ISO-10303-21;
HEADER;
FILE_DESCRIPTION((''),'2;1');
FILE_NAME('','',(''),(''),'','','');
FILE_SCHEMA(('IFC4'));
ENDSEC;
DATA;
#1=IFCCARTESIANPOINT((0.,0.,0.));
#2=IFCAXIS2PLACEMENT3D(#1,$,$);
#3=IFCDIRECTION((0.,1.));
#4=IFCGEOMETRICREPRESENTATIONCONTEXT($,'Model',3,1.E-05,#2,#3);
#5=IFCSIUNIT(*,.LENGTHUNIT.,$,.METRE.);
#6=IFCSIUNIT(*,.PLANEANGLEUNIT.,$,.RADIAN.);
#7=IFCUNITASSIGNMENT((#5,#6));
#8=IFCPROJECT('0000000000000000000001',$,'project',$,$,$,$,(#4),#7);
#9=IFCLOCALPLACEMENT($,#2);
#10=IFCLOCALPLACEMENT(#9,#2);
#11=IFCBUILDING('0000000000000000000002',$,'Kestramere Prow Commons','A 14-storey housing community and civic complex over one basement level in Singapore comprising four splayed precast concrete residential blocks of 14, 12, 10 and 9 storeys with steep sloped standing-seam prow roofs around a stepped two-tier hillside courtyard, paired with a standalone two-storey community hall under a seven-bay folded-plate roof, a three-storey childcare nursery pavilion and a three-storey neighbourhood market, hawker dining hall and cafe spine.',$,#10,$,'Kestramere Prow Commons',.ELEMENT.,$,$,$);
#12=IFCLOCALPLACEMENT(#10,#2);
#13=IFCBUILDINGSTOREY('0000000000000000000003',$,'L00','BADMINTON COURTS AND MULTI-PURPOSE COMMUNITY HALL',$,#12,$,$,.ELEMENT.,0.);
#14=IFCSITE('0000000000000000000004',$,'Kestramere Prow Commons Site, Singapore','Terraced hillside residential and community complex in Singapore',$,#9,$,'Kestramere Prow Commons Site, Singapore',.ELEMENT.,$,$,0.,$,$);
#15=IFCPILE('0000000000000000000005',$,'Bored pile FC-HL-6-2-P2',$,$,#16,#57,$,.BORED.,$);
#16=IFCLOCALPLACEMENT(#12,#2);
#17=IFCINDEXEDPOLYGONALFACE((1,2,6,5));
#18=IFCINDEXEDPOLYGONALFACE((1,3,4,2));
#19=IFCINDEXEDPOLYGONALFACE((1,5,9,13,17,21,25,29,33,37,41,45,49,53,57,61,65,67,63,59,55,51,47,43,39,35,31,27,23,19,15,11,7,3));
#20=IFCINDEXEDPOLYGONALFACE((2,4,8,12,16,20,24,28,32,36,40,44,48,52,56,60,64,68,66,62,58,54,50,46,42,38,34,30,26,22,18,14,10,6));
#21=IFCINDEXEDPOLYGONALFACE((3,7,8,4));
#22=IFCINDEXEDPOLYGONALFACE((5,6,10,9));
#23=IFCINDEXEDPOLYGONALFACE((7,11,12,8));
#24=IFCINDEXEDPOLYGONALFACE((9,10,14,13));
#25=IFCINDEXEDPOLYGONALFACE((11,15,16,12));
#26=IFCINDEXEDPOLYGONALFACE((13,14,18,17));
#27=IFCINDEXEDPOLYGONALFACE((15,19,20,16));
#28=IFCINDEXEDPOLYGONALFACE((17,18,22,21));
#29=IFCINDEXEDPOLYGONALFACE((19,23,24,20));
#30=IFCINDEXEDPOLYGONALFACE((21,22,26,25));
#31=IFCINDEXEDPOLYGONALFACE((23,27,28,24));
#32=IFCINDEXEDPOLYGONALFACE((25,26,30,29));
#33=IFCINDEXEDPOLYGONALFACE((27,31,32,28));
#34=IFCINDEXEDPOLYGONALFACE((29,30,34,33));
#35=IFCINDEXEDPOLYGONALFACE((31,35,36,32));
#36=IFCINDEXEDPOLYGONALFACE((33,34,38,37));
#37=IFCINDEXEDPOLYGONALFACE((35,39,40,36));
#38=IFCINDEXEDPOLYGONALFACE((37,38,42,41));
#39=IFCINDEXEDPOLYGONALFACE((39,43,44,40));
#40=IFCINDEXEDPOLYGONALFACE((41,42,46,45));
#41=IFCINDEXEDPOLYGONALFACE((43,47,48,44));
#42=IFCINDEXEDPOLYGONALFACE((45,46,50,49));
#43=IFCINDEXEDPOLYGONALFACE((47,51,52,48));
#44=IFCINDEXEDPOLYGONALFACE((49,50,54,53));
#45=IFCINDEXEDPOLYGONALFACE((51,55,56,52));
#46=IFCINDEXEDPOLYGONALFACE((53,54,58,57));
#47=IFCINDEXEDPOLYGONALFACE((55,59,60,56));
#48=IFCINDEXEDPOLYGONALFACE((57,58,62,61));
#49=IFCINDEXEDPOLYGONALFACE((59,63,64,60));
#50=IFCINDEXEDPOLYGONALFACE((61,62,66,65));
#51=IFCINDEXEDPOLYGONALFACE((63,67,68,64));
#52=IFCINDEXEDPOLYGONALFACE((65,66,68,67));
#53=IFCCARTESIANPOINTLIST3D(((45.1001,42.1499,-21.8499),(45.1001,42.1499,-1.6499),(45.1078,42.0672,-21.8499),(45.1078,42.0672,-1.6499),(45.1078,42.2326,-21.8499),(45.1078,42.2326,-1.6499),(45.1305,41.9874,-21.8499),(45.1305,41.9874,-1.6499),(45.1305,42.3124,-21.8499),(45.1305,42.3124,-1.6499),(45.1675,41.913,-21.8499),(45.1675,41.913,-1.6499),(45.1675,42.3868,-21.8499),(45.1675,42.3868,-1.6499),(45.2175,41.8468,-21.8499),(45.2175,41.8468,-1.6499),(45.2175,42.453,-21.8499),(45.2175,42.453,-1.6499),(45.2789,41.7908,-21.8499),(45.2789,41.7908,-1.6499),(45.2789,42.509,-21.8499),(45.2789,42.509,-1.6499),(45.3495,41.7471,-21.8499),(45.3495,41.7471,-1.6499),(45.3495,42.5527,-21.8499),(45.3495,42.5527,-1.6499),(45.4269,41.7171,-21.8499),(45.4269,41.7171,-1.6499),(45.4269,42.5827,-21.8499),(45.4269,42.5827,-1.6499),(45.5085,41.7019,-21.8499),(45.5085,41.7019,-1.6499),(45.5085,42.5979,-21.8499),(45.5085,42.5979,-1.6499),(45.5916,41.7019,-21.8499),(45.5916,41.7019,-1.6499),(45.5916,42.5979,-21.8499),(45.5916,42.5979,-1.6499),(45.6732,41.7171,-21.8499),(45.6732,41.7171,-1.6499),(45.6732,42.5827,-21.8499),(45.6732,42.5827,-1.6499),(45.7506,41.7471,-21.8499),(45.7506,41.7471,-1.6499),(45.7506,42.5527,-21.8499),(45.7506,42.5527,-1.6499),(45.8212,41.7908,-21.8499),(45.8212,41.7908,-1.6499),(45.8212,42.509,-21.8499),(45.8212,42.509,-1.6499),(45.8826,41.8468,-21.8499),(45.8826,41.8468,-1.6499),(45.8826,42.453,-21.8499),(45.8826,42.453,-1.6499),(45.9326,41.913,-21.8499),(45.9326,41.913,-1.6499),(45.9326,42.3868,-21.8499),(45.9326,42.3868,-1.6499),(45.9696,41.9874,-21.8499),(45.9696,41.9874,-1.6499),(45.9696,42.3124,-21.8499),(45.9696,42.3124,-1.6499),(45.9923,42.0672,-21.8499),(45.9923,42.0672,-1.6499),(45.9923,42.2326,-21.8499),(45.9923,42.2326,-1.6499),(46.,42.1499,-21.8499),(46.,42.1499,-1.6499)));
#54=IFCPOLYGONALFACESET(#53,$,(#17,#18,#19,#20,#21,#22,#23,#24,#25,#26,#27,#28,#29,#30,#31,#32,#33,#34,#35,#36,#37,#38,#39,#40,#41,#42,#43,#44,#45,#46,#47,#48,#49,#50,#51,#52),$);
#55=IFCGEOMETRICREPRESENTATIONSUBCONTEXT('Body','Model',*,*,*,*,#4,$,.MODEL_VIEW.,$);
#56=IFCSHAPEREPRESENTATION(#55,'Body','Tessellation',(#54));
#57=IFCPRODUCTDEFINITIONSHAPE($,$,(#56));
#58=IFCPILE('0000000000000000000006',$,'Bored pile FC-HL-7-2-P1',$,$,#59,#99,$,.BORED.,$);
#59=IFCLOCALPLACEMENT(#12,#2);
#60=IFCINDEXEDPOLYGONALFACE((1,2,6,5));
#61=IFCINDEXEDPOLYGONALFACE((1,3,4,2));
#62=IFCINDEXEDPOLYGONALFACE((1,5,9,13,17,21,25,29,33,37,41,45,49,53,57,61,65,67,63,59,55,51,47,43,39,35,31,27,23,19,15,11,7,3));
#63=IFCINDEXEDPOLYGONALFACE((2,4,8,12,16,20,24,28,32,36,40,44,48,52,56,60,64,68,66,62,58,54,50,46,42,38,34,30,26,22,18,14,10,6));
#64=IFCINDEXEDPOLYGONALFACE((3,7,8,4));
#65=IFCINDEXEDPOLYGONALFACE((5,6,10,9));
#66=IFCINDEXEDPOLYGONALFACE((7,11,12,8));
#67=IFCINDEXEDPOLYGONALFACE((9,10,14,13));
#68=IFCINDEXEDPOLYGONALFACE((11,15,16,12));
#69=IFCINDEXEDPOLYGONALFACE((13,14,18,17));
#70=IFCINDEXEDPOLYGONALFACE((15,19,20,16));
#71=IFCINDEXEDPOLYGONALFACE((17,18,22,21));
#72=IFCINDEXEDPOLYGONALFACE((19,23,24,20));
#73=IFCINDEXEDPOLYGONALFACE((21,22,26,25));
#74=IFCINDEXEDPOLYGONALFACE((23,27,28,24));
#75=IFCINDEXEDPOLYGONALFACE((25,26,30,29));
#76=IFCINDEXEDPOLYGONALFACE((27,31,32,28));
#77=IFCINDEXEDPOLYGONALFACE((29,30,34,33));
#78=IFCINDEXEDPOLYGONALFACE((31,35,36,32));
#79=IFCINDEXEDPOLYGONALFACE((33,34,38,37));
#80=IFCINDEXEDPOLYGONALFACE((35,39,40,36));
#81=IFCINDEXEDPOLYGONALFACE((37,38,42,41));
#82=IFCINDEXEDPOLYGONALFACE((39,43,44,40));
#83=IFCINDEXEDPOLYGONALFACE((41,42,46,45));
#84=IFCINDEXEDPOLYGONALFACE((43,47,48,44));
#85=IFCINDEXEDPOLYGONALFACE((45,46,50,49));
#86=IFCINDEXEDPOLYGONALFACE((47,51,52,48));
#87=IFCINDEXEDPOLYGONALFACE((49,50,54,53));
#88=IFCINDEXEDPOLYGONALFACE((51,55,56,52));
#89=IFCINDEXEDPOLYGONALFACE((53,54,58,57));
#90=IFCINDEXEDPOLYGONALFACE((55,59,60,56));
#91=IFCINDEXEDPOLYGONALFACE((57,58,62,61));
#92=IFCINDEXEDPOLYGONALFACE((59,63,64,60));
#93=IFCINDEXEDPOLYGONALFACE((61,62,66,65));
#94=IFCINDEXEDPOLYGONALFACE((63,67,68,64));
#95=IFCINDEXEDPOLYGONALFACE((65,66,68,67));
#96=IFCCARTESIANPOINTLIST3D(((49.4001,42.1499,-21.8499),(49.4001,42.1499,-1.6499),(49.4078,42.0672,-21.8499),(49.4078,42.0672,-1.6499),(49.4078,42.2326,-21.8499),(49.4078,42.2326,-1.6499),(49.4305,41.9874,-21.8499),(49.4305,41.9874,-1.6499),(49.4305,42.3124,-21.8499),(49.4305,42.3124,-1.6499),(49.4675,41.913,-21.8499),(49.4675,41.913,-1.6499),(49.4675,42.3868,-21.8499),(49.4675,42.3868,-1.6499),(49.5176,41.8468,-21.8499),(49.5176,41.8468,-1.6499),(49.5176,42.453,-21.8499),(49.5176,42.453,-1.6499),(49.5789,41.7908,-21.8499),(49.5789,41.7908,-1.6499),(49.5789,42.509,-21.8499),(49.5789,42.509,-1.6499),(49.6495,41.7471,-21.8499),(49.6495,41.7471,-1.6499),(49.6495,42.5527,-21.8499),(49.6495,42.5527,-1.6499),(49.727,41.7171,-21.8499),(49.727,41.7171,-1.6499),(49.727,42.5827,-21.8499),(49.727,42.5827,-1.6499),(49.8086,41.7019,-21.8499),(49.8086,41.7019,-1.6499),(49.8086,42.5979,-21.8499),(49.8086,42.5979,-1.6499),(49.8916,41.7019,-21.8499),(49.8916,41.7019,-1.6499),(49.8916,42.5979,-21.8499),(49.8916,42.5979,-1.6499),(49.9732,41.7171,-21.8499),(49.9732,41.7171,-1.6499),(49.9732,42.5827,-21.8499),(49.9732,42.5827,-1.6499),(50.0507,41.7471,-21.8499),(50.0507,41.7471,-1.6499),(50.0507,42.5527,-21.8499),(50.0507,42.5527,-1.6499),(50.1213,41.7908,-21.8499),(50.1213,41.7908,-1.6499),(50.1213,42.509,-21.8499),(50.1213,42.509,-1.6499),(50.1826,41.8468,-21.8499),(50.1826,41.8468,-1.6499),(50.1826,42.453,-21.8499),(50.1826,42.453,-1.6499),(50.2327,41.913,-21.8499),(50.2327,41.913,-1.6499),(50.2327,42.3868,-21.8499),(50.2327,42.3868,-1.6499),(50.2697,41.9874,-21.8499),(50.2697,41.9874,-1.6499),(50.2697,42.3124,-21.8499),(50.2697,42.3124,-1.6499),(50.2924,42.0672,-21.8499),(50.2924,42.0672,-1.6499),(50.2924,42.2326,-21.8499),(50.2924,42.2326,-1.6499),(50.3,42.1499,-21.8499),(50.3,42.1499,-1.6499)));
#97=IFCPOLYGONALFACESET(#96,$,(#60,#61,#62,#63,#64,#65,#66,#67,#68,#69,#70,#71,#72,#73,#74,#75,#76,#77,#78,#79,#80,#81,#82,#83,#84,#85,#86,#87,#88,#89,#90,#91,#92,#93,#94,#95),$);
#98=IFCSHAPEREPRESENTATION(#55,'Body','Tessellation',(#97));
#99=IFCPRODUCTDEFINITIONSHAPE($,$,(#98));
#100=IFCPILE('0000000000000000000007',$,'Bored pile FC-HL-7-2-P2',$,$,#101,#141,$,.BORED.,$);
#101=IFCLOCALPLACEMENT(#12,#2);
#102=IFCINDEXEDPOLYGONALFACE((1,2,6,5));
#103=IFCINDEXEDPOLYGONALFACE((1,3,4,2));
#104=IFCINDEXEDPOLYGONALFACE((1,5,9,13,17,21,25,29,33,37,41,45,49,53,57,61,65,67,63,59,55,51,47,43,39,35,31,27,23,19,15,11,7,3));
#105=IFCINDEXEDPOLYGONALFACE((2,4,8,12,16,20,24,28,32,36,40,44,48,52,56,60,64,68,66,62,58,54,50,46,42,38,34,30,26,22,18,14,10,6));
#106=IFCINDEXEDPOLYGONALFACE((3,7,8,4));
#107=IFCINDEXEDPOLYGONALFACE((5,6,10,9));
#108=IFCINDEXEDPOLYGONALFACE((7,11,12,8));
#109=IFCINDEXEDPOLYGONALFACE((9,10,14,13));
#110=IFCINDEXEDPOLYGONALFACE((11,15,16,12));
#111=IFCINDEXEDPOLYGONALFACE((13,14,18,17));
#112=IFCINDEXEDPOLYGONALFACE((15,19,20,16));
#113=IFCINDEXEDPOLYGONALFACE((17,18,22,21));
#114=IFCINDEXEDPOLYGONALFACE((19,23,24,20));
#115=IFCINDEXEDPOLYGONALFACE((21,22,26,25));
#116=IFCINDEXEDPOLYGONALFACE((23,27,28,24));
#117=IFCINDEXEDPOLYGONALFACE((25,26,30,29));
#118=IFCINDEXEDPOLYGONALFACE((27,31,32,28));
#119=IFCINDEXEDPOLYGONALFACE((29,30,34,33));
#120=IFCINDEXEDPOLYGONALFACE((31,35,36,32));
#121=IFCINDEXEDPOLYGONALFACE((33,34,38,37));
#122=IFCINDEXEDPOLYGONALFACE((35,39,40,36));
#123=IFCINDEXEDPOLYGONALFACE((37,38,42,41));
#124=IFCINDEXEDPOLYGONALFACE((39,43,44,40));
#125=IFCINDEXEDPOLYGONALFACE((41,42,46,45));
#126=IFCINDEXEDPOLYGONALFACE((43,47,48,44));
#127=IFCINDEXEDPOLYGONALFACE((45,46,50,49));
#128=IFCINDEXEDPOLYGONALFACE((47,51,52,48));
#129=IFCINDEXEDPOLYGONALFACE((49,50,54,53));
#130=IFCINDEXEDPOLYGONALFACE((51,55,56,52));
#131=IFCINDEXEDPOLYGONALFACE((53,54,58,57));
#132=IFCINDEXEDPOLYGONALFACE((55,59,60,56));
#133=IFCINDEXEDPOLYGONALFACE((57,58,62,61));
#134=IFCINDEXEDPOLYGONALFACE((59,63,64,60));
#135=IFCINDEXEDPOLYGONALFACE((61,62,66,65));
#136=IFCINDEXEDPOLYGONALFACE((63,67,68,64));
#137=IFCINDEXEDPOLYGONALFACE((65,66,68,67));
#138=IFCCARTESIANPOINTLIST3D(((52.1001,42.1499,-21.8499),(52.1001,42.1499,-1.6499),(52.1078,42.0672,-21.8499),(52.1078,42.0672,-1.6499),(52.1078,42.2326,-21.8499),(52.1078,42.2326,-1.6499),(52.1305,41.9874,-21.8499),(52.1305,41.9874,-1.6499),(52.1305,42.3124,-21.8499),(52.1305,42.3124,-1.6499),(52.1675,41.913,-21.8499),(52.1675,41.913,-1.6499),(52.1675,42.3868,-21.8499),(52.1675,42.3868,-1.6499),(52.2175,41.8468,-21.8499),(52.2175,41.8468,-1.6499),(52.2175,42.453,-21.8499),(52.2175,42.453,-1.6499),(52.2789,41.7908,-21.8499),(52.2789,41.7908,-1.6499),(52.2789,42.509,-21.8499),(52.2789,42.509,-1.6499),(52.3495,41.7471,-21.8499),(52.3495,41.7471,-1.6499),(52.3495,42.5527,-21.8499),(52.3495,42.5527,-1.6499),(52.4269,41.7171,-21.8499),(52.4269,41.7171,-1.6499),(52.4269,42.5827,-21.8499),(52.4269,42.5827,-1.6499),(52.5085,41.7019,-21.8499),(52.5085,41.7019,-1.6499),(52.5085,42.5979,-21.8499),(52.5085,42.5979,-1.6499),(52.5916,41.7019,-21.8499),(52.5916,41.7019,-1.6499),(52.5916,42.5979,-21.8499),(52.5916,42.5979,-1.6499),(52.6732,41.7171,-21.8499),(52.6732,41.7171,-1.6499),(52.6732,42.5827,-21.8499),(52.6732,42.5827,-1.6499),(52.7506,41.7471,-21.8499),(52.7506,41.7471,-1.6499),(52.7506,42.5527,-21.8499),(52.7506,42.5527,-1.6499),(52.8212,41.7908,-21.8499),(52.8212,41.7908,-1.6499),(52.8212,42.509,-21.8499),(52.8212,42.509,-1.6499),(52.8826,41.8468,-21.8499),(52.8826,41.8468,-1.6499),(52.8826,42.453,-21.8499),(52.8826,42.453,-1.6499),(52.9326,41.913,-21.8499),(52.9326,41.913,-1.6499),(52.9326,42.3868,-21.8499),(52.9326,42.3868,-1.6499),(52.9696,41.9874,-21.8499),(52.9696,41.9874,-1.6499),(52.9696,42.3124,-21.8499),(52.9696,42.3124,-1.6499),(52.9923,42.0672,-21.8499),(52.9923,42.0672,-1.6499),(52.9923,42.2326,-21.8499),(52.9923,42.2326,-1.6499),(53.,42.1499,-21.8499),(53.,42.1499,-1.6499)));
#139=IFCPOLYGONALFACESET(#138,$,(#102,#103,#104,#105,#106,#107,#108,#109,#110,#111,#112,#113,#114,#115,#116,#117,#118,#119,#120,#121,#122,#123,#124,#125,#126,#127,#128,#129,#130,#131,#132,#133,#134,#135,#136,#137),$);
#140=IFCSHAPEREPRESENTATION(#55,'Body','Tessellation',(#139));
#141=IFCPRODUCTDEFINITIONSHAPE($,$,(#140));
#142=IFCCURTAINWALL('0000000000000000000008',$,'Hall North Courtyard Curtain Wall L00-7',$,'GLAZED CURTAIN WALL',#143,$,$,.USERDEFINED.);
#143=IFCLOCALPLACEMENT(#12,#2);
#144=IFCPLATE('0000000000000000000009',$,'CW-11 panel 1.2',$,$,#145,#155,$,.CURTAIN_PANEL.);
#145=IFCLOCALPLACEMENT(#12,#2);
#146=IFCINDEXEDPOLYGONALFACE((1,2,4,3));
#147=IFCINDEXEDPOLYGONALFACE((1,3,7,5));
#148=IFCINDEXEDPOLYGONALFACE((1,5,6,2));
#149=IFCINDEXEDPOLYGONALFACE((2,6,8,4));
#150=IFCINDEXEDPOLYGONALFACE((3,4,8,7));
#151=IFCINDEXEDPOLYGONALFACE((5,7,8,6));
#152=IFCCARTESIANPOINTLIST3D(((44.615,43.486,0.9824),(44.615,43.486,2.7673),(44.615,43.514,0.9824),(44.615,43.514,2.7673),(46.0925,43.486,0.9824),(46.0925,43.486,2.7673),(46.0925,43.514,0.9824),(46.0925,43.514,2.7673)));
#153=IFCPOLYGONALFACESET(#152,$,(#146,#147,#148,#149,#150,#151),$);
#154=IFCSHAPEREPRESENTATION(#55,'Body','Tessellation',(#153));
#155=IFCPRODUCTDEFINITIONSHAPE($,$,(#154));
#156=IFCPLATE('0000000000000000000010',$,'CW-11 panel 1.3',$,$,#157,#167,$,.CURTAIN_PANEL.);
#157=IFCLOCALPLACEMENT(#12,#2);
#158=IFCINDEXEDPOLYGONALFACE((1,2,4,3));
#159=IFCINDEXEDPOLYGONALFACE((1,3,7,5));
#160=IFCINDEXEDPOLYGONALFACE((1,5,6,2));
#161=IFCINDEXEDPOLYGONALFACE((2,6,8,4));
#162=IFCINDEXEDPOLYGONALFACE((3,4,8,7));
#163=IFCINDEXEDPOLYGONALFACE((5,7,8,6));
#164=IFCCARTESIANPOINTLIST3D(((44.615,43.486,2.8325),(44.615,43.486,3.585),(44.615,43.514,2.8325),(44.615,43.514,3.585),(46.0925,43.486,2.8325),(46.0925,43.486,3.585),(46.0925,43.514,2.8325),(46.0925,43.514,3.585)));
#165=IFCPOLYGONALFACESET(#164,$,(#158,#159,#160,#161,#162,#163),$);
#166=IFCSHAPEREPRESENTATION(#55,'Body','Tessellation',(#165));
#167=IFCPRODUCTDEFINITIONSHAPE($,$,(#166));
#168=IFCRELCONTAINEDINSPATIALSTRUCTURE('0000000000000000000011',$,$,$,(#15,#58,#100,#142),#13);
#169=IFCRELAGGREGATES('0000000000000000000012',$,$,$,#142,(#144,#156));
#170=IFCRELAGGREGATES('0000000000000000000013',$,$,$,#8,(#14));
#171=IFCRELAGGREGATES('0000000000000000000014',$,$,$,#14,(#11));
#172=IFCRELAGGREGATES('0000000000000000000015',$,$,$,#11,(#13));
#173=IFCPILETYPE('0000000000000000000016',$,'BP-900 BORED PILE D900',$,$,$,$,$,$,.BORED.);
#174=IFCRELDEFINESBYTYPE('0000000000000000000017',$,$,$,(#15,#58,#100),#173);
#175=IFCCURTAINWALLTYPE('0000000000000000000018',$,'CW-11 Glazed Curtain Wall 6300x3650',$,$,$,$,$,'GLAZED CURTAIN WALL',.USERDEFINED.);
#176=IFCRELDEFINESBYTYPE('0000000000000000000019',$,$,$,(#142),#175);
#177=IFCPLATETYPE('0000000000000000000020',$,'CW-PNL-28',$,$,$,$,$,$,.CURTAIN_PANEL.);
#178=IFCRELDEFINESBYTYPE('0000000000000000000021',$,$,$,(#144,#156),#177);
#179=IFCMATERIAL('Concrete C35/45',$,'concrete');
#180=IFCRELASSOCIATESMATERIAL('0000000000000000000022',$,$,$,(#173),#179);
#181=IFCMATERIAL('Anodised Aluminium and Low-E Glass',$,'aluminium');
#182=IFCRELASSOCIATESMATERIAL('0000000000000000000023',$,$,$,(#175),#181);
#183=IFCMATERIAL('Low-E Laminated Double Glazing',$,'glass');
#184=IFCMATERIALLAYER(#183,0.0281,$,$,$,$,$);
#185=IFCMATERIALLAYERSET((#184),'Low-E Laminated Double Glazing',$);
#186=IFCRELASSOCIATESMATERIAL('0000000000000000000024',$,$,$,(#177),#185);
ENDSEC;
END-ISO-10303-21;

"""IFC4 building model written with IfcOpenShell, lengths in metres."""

from ifc_helpers import new_model, si_unit, direction, frame, origin, origin_2d, place, context, subcontext, project, spatial, rectangle, circle, extrude, material, layer, layer_set, material_profile, profile_set, type_object, element, aggregate, save


model = new_model("IFC4")

# Units and contexts
model_context = context("Model", 3, precision=1e-05, world=origin(), true_north=direction((0.0, 1.0)))
body_context = subcontext(model_context, "Body", "Model", "MODEL_VIEW")
ifc_project = project(units=[si_unit("LENGTHUNIT", "METRE"), si_unit("PLANEANGLEUNIT", "RADIAN")], contexts=[model_context])

# Site, building, storey
site_placement = place(None, origin())
site = spatial("IfcSite", under=ifc_project, at=site_placement, Name="Kestramere Prow Commons Site, Singapore", Description="Terraced hillside residential and community complex in Singapore", LongName="Kestramere Prow Commons Site, Singapore", CompositionType="ELEMENT", RefElevation=0.0)
building_placement = place(site_placement, origin())
building = spatial("IfcBuilding", under=site, at=building_placement, Name="Kestramere Prow Commons", Description="A 14-storey housing community and civic complex over one basement level in Singapore comprising four splayed precast concrete residential blocks of 14, 12, 10 and 9 storeys with steep sloped standing-seam prow roofs around a stepped two-tier hillside courtyard, paired with a standalone two-storey community hall under a seven-bay folded-plate roof, a three-storey childcare nursery pavilion and a three-storey neighbourhood market, hawker dining hall and cafe spine.", LongName="Kestramere Prow Commons", CompositionType="ELEMENT")
storey_placement = place(building_placement, origin())
storey = spatial("IfcBuildingStorey", under=building, at=storey_placement, Name="L00", Description="BADMINTON COURTS AND MULTI-PURPOSE COMMUNITY HALL", CompositionType="ELEMENT", Elevation=0.0)

# Piles
ifc_material_1 = material(Name="Concrete C35/45", Category="concrete")
ifc_material_profile = material_profile(ifc_material_1, circle(Radius=0.45, at=origin_2d()), Name="BORED PILE D900")
ifc_profile_set = profile_set([ifc_material_profile], Name="Concrete C35/45")
pile_type = type_object("IfcPileType", Name="BP-900 BORED PILE D900", PredefinedType="BORED", material=ifc_profile_set)
for number, where, z_axis, x_axis, name in (
    (1, (45.55, 42.1499, -1.6499), (0.0, 0.0, -1.0), (1.0, 0.0, 0.0), "Bored pile FC-HL-6-2-P2"),
    (2, (49.8501, 42.1499, -1.6499), (0.0, 0.0, -1.0), (1.0, 0.0, 0.0), "Bored pile FC-HL-7-2-P1"),
    (3, (52.55, 42.1499, -1.6499), (0.0, 0.0, -1.0), (1.0, 0.0, 0.0), "Bored pile FC-HL-7-2-P2"),
):
    element("IfcPile", number, at=place(storey_placement, frame(where, z_axis=z_axis, x_axis=x_axis)), inside=storey, type_object=pile_type, Name=name, PredefinedType="BORED", context=body_context, shape_type="SweptSolid", body=[
        extrude(circle(Radius=0.45, at=origin_2d()), origin(), (0.0, 0.0, 1.0), 20.2),
    ])

# Curtain wall, plates
ifc_material_2 = material(Name="Anodised Aluminium and Low-E Glass", Category="aluminium")
curtain_wall_type = type_object("IfcCurtainWallType", Name="CW-11 Glazed Curtain Wall 6300x3650", ElementType="GLAZED CURTAIN WALL", PredefinedType="USERDEFINED", material=ifc_material_2)
curtain_wall_placement = place(storey_placement, origin())
curtain_wall = element("IfcCurtainWall", 4, at=curtain_wall_placement, inside=storey, type_object=curtain_wall_type, Name="Hall North Courtyard Curtain Wall L00-7", ObjectType="GLAZED CURTAIN WALL", PredefinedType="USERDEFINED")
ifc_material_3 = material(Name="Low-E Laminated Double Glazing", Category="glass")
ifc_layer_1 = layer(ifc_material_3, 0.0281)
ifc_layer_set_1 = layer_set([ifc_layer_1], Name="Low-E Laminated Double Glazing")
plate_type = type_object("IfcPlateType", Name="CW-PNL-28", PredefinedType="CURTAIN_PANEL", material=ifc_layer_set_1)
plate_1_placement = place(storey_placement, frame((45.3538, 43.5, 0.9824), z_axis=(0.0, 0.0, 1.0), x_axis=(1.0, 0.0, 0.0)))
plate_1 = element("IfcPlate", 5, at=plate_1_placement, type_object=plate_type, Name="CW-11 panel 1.2", PredefinedType="CURTAIN_PANEL", context=body_context, shape_type="SweptSolid", body=[
    extrude(rectangle(XDim=1.4775, YDim=0.0281, at=origin_2d()), origin(), (0.0, 0.0, 1.0), 1.7849),
])
plate_2_placement = place(storey_placement, frame((45.3538, 43.5, 2.8325), z_axis=(0.0, 0.0, 1.0), x_axis=(1.0, 0.0, 0.0)))
plate_2 = element("IfcPlate", 6, at=plate_2_placement, type_object=plate_type, Name="CW-11 panel 1.3", PredefinedType="CURTAIN_PANEL", context=body_context, shape_type="SweptSolid", body=[
    extrude(rectangle(XDim=1.4775, YDim=0.0281, at=origin_2d()), origin(), (0.0, 0.0, 1.0), 0.7524),
])
aggregate(curtain_wall, [plate_1, plate_2])

save(model, "model.ifc")
